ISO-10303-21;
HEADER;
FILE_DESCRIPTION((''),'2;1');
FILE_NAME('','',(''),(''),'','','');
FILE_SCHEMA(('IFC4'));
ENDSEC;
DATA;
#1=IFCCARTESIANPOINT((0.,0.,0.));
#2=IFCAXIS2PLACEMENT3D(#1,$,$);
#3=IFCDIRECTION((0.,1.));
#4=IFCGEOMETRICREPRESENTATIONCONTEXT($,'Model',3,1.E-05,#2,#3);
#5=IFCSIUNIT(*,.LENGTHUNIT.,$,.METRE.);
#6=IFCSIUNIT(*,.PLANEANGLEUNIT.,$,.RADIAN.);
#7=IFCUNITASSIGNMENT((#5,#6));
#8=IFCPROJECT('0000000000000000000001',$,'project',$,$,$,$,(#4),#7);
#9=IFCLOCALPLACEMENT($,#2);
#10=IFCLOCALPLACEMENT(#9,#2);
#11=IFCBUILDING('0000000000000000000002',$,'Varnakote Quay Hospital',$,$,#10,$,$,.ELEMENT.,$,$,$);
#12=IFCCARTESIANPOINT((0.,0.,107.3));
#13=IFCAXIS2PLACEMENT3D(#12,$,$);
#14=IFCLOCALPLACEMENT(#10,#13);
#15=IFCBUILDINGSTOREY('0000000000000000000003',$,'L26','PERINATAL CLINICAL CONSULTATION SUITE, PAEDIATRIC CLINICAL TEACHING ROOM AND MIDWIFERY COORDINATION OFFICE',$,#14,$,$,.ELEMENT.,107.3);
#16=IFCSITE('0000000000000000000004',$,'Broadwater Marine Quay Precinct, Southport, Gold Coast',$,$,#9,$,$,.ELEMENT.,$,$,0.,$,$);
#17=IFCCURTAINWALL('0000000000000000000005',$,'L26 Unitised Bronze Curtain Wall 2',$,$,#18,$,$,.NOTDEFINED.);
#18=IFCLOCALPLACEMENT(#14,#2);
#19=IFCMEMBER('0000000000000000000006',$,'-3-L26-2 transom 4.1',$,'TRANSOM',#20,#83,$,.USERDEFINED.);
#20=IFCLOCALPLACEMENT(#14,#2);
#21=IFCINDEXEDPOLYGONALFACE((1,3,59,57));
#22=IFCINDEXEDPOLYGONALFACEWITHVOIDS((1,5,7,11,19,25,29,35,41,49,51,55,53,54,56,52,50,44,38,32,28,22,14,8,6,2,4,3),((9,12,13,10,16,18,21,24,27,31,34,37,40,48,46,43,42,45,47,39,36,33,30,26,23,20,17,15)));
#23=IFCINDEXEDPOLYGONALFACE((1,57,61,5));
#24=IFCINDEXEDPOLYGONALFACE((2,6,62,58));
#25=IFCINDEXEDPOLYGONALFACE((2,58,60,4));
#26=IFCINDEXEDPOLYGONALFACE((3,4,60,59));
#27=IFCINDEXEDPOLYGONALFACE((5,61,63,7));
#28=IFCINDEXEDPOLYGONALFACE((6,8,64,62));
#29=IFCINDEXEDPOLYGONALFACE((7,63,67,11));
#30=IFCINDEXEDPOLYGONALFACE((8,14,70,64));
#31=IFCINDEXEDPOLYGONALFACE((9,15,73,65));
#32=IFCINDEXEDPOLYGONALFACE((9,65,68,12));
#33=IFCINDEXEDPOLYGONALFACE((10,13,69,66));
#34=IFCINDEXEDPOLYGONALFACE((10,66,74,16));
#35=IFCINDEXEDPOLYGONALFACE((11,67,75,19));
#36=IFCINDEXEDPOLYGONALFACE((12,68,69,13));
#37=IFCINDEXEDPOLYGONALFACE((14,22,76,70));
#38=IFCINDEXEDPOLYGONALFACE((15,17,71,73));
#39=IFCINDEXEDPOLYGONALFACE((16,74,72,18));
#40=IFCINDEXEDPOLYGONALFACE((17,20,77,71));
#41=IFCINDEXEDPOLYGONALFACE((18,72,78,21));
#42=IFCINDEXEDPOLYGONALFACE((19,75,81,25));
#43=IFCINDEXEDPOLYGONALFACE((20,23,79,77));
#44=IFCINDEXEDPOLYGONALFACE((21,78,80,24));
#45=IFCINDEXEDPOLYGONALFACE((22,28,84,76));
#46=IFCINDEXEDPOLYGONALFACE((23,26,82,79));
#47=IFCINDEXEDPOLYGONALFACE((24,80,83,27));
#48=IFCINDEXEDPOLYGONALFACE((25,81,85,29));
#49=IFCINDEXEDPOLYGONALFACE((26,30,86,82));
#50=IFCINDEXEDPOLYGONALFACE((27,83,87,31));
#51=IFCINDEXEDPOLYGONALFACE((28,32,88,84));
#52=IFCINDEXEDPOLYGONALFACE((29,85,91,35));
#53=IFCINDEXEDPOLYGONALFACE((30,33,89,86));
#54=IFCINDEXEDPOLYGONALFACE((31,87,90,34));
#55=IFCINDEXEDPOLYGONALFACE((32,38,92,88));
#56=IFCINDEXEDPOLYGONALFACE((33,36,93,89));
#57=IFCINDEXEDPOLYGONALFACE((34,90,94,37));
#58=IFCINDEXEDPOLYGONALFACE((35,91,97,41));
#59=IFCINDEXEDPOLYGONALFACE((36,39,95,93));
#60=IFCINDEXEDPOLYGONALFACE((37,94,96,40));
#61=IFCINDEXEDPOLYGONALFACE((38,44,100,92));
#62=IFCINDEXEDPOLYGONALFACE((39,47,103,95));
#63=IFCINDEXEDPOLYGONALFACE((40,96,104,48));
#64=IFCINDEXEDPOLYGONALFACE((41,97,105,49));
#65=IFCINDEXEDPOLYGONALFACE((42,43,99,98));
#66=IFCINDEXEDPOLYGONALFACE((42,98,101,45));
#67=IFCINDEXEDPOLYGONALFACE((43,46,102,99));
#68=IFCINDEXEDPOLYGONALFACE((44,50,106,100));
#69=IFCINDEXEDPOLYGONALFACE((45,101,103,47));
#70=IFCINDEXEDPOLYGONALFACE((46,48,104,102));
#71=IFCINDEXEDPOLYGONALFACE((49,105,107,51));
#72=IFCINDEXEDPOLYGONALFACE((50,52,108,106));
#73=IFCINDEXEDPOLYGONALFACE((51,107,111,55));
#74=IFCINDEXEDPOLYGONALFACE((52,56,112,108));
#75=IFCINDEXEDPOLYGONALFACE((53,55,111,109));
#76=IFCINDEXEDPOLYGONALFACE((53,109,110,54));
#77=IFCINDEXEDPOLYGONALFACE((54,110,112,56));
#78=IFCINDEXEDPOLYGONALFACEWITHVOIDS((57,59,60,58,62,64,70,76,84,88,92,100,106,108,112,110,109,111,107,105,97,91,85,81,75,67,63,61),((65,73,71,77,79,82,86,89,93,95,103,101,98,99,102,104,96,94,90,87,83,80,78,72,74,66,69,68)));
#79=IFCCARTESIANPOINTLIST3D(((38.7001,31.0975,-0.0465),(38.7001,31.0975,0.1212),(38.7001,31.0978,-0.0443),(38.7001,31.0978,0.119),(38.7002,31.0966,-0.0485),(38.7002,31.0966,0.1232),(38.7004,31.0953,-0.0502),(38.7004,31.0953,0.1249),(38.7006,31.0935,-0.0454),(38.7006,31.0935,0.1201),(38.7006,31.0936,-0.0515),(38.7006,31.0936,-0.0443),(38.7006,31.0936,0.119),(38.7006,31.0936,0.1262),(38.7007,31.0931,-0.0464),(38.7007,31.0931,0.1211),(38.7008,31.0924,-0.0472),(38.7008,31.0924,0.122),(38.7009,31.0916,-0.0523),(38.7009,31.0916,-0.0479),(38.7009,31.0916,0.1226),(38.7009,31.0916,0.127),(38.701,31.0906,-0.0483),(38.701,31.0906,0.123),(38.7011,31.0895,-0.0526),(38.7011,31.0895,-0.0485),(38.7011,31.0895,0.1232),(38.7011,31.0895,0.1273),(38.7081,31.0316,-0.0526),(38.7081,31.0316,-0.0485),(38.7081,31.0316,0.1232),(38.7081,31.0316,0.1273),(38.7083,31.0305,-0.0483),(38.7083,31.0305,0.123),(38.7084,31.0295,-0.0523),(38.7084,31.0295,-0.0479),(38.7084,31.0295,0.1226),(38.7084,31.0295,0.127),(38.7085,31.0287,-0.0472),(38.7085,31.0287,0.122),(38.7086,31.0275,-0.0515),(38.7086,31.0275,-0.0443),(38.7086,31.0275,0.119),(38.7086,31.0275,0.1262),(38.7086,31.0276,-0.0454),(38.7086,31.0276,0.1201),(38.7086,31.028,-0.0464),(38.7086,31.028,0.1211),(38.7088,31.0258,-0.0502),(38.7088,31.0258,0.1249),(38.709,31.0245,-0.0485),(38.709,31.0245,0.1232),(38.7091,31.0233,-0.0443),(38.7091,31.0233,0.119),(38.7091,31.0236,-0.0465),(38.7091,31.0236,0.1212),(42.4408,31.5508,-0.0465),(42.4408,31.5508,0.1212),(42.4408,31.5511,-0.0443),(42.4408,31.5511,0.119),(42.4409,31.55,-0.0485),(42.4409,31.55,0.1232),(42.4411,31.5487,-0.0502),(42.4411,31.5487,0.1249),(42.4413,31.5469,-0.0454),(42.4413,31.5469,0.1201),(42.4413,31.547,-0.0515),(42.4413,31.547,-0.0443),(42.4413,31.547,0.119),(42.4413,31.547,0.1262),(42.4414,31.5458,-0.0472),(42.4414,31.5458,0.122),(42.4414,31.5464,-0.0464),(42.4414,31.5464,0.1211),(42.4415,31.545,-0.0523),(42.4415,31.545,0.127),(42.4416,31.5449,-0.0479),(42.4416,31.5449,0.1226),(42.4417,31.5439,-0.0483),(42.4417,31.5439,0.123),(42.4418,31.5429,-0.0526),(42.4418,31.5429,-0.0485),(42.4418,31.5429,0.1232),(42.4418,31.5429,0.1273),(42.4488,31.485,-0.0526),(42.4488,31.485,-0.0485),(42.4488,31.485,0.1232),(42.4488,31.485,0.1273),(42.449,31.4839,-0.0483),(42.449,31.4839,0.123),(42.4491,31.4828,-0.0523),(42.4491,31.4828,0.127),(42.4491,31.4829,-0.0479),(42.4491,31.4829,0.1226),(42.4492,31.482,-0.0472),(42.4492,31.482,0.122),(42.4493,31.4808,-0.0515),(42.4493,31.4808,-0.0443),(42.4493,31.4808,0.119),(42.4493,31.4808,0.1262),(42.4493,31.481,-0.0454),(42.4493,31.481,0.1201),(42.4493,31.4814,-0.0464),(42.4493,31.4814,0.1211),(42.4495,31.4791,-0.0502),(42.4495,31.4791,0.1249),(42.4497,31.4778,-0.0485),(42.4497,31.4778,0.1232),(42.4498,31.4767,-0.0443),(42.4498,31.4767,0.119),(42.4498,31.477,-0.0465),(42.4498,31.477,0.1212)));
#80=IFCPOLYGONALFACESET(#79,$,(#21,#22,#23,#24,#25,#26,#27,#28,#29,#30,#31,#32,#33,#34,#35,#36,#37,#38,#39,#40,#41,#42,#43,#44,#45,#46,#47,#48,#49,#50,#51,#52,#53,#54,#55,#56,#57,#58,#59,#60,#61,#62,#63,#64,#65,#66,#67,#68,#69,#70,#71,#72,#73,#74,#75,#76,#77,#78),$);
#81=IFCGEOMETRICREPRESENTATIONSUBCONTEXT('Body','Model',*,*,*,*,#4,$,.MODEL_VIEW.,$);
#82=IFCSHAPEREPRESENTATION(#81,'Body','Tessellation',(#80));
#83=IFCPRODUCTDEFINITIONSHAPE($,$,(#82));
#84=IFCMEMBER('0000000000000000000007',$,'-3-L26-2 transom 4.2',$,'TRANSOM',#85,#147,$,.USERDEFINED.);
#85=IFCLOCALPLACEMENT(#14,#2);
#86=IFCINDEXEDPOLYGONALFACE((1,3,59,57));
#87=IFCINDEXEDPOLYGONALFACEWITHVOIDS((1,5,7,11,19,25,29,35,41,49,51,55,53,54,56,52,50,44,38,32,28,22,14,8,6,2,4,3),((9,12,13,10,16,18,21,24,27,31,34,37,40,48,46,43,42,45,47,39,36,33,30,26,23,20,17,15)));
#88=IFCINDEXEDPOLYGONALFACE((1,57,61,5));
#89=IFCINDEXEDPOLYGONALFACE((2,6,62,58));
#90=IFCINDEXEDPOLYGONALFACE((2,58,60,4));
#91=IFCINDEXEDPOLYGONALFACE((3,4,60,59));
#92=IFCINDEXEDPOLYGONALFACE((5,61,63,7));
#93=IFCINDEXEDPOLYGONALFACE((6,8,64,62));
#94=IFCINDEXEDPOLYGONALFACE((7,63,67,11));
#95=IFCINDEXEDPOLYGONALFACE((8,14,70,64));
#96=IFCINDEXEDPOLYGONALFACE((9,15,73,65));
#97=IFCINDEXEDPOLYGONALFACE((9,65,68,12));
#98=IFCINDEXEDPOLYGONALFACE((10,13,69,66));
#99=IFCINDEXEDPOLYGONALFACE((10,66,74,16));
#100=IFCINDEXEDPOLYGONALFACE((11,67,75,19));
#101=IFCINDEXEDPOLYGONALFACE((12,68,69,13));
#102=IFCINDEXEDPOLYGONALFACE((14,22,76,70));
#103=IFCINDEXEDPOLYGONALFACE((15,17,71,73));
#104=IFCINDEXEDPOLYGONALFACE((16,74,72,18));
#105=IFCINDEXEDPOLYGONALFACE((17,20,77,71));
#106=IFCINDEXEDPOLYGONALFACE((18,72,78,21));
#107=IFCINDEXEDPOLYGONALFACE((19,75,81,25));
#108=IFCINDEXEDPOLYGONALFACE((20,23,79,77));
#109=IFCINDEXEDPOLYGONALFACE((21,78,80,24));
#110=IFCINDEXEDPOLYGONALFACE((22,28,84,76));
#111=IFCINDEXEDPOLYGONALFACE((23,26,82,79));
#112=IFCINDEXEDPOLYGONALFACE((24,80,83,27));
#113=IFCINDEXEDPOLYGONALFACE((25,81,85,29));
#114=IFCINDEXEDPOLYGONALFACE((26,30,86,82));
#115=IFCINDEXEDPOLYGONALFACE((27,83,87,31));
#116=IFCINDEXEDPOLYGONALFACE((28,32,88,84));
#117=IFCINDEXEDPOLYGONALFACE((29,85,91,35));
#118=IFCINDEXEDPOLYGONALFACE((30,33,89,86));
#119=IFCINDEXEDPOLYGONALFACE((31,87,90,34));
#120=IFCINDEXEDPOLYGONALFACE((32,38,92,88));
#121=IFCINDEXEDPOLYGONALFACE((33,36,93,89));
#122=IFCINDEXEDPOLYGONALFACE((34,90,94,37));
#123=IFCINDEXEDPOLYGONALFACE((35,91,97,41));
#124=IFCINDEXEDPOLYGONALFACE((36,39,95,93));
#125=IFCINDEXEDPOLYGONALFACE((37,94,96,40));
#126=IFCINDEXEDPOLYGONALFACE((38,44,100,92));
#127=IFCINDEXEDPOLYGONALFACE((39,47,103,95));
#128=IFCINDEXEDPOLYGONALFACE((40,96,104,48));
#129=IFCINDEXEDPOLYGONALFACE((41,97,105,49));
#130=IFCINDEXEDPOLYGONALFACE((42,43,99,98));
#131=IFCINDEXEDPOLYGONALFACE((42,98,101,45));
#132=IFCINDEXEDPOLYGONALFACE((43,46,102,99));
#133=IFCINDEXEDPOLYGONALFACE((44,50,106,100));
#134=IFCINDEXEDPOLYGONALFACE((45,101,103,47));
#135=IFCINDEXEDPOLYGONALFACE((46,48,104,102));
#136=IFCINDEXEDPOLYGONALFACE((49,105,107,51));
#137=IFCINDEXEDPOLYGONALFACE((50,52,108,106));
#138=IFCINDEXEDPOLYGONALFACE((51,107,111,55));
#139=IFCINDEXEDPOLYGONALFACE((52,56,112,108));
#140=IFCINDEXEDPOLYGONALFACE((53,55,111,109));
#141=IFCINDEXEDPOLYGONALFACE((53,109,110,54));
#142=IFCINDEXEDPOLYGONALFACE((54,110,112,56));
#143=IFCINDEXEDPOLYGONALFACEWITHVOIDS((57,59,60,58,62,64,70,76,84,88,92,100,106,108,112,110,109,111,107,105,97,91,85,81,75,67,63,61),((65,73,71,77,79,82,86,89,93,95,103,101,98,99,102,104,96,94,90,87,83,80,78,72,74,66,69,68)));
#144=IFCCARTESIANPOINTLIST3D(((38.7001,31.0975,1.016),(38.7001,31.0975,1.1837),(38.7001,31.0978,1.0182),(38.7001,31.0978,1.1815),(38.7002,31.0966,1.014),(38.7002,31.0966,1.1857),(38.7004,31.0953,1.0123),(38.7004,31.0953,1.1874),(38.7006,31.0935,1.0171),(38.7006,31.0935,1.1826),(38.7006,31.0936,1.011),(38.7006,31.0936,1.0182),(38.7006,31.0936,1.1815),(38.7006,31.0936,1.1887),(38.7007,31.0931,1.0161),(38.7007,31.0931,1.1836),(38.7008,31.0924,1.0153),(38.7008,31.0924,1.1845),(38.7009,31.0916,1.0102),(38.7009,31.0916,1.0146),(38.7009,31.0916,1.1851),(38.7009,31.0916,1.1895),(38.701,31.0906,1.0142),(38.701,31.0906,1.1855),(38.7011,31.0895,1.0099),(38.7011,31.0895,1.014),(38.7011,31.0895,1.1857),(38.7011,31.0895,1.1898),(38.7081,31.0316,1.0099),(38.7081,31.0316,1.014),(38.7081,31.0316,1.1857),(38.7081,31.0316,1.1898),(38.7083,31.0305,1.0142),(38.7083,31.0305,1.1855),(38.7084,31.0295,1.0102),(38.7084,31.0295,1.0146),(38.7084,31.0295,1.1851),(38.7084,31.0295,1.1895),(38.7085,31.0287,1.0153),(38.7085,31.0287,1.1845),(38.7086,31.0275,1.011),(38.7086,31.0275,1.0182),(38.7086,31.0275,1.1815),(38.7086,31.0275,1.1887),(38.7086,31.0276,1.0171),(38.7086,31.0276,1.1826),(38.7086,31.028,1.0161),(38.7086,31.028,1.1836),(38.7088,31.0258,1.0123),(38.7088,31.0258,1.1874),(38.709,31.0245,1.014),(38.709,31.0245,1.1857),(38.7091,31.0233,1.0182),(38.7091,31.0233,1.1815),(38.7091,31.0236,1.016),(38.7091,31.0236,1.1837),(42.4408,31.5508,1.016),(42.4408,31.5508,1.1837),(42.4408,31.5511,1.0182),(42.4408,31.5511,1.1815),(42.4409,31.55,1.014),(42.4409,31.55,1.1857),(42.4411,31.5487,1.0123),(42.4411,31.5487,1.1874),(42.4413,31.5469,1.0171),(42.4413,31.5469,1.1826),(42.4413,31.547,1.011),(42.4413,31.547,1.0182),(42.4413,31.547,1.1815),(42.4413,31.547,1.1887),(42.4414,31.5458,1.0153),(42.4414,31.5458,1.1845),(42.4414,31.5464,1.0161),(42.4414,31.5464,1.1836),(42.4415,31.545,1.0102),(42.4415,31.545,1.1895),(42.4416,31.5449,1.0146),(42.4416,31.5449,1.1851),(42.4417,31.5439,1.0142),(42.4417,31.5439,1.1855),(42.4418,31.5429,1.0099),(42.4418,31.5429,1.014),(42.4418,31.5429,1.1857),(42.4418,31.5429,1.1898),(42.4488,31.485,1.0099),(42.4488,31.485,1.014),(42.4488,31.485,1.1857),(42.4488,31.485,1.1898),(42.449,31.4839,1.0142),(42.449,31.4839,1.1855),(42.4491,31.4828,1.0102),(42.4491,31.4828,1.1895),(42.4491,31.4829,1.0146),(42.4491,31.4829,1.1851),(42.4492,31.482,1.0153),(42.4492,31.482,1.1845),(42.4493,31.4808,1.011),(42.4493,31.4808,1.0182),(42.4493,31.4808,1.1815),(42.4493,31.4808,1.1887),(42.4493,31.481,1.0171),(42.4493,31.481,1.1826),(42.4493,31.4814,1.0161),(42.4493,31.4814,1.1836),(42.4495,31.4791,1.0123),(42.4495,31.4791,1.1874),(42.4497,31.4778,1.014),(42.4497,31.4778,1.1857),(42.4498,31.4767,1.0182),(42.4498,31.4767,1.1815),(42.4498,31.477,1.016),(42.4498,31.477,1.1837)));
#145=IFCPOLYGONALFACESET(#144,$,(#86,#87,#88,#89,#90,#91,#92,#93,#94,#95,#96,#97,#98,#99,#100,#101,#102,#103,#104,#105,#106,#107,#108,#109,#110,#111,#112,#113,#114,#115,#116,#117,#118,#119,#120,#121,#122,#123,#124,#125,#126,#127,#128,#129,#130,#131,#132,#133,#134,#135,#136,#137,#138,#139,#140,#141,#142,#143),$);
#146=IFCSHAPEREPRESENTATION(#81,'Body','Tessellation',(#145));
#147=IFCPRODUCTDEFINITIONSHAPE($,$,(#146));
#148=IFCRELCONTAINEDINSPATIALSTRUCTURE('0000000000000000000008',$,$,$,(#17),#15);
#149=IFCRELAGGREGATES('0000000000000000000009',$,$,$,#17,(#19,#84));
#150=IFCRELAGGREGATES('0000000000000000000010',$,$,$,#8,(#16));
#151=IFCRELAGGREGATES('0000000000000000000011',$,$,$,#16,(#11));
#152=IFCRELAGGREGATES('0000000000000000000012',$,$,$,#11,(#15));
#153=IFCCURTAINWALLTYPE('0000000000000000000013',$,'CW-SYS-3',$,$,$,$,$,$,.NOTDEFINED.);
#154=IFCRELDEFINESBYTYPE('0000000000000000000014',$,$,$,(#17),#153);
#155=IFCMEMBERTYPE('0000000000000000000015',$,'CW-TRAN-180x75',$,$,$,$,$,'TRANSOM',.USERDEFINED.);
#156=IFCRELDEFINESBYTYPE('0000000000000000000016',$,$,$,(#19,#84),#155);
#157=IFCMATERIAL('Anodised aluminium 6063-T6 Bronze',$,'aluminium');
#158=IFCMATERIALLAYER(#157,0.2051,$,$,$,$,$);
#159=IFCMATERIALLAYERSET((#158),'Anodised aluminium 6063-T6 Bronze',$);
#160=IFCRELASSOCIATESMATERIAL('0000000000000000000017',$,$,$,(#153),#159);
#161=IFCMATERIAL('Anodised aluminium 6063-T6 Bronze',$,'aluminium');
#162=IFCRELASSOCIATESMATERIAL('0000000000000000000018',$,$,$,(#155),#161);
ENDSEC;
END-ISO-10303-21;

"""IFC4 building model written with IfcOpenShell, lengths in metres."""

from ifc_helpers import new_model, si_unit, direction, frame, origin, origin_2d, place, context, subcontext, project, spatial, hollow_rectangle, extrude, material, layer, layer_set, material_profile, profile_set, type_object, element, aggregate, save


model = new_model("IFC4")

# Units and contexts
model_context = context("Model", 3, precision=1e-05, world=origin(), true_north=direction((0.0, 1.0)))
body_context = subcontext(model_context, "Body", "Model", "MODEL_VIEW")
ifc_project = project(units=[si_unit("LENGTHUNIT", "METRE"), si_unit("PLANEANGLEUNIT", "RADIAN")], contexts=[model_context])

# Site, building, storey
site_placement = place(None, origin())
site = spatial("IfcSite", under=ifc_project, at=site_placement, Name="Broadwater Marine Quay Precinct, Southport, Gold Coast", CompositionType="ELEMENT", RefElevation=0.0)
building_placement = place(site_placement, origin())
building = spatial("IfcBuilding", under=site, at=building_placement, Name="Varnakote Quay Hospital", CompositionType="ELEMENT")
storey_placement = place(building_placement, frame((0.0, 0.0, 107.3)))
storey = spatial("IfcBuildingStorey", under=building, at=storey_placement, Name="L26", Description="PERINATAL CLINICAL CONSULTATION SUITE, PAEDIATRIC CLINICAL TEACHING ROOM AND MIDWIFERY COORDINATION OFFICE", CompositionType="ELEMENT", Elevation=107.3)

# Curtain wall, members
ifc_material_1 = material(Name="Anodised aluminium 6063-T6 Bronze", Category="aluminium")
ifc_layer_1 = layer(ifc_material_1, 0.2051)
ifc_layer_set_1 = layer_set([ifc_layer_1], Name="Anodised aluminium 6063-T6 Bronze")
curtain_wall_type = type_object("IfcCurtainWallType", Name="CW-SYS-3", PredefinedType="NOTDEFINED", material=ifc_layer_set_1)
curtain_wall_placement = place(storey_placement, origin())
curtain_wall = element("IfcCurtainWall", 1, at=curtain_wall_placement, inside=storey, type_object=curtain_wall_type, Name="L26 Unitised Bronze Curtain Wall 2", PredefinedType="NOTDEFINED")
ifc_material_2 = material(Name="Anodised aluminium 6063-T6 Bronze", Category="aluminium")
ifc_material_profile_1 = material_profile(ifc_material_2, hollow_rectangle(XDim=0.075, YDim=0.1799, WallThickness=0.0042, InnerFilletRadius=0.0042, OuterFilletRadius=0.0083, at=origin_2d()), Name="CW-TRAN-180x75")
ifc_profile_set_1 = profile_set([ifc_material_profile_1], Name="Anodised aluminium 6063-T6 Bronze")
member_type_1 = type_object("IfcMemberType", Name="CW-TRAN-180x75", ElementType="TRANSOM", PredefinedType="USERDEFINED", material=ifc_profile_set_1)
member_1_placement = place(storey_placement, frame((42.4453, 31.5139, 0.0374), z_axis=(-0.992735, -0.120318, 0.0), x_axis=(0.120318, -0.992735, 0.0)))
member_1 = element("IfcMember", 2, at=member_1_placement, type_object=member_type_1, Name="-3-L26-2 transom 4.1", ObjectType="TRANSOM", PredefinedType="USERDEFINED", context=body_context, shape_type="SweptSolid", body=[
    extrude(hollow_rectangle(XDim=0.075, YDim=0.1799, WallThickness=0.0042, InnerFilletRadius=0.0042, OuterFilletRadius=0.0083, at=origin_2d()), origin(), (0.0, 0.0, 1.0), 3.7681),
])
member_2_placement = place(storey_placement, frame((42.4453, 31.5139, 1.0999), z_axis=(-0.992735, -0.120318, 0.0), x_axis=(0.120318, -0.992735, 0.0)))
member_2 = element("IfcMember", 3, at=member_2_placement, type_object=member_type_1, Name="-3-L26-2 transom 4.2", ObjectType="TRANSOM", PredefinedType="USERDEFINED", context=body_context, shape_type="SweptSolid", body=[
    extrude(hollow_rectangle(XDim=0.075, YDim=0.1799, WallThickness=0.0042, InnerFilletRadius=0.0042, OuterFilletRadius=0.0083, at=origin_2d()), origin(), (0.0, 0.0, 1.0), 3.7681),
])

aggregate(curtain_wall, [member_1, member_2])

save(model, "model.ifc")
